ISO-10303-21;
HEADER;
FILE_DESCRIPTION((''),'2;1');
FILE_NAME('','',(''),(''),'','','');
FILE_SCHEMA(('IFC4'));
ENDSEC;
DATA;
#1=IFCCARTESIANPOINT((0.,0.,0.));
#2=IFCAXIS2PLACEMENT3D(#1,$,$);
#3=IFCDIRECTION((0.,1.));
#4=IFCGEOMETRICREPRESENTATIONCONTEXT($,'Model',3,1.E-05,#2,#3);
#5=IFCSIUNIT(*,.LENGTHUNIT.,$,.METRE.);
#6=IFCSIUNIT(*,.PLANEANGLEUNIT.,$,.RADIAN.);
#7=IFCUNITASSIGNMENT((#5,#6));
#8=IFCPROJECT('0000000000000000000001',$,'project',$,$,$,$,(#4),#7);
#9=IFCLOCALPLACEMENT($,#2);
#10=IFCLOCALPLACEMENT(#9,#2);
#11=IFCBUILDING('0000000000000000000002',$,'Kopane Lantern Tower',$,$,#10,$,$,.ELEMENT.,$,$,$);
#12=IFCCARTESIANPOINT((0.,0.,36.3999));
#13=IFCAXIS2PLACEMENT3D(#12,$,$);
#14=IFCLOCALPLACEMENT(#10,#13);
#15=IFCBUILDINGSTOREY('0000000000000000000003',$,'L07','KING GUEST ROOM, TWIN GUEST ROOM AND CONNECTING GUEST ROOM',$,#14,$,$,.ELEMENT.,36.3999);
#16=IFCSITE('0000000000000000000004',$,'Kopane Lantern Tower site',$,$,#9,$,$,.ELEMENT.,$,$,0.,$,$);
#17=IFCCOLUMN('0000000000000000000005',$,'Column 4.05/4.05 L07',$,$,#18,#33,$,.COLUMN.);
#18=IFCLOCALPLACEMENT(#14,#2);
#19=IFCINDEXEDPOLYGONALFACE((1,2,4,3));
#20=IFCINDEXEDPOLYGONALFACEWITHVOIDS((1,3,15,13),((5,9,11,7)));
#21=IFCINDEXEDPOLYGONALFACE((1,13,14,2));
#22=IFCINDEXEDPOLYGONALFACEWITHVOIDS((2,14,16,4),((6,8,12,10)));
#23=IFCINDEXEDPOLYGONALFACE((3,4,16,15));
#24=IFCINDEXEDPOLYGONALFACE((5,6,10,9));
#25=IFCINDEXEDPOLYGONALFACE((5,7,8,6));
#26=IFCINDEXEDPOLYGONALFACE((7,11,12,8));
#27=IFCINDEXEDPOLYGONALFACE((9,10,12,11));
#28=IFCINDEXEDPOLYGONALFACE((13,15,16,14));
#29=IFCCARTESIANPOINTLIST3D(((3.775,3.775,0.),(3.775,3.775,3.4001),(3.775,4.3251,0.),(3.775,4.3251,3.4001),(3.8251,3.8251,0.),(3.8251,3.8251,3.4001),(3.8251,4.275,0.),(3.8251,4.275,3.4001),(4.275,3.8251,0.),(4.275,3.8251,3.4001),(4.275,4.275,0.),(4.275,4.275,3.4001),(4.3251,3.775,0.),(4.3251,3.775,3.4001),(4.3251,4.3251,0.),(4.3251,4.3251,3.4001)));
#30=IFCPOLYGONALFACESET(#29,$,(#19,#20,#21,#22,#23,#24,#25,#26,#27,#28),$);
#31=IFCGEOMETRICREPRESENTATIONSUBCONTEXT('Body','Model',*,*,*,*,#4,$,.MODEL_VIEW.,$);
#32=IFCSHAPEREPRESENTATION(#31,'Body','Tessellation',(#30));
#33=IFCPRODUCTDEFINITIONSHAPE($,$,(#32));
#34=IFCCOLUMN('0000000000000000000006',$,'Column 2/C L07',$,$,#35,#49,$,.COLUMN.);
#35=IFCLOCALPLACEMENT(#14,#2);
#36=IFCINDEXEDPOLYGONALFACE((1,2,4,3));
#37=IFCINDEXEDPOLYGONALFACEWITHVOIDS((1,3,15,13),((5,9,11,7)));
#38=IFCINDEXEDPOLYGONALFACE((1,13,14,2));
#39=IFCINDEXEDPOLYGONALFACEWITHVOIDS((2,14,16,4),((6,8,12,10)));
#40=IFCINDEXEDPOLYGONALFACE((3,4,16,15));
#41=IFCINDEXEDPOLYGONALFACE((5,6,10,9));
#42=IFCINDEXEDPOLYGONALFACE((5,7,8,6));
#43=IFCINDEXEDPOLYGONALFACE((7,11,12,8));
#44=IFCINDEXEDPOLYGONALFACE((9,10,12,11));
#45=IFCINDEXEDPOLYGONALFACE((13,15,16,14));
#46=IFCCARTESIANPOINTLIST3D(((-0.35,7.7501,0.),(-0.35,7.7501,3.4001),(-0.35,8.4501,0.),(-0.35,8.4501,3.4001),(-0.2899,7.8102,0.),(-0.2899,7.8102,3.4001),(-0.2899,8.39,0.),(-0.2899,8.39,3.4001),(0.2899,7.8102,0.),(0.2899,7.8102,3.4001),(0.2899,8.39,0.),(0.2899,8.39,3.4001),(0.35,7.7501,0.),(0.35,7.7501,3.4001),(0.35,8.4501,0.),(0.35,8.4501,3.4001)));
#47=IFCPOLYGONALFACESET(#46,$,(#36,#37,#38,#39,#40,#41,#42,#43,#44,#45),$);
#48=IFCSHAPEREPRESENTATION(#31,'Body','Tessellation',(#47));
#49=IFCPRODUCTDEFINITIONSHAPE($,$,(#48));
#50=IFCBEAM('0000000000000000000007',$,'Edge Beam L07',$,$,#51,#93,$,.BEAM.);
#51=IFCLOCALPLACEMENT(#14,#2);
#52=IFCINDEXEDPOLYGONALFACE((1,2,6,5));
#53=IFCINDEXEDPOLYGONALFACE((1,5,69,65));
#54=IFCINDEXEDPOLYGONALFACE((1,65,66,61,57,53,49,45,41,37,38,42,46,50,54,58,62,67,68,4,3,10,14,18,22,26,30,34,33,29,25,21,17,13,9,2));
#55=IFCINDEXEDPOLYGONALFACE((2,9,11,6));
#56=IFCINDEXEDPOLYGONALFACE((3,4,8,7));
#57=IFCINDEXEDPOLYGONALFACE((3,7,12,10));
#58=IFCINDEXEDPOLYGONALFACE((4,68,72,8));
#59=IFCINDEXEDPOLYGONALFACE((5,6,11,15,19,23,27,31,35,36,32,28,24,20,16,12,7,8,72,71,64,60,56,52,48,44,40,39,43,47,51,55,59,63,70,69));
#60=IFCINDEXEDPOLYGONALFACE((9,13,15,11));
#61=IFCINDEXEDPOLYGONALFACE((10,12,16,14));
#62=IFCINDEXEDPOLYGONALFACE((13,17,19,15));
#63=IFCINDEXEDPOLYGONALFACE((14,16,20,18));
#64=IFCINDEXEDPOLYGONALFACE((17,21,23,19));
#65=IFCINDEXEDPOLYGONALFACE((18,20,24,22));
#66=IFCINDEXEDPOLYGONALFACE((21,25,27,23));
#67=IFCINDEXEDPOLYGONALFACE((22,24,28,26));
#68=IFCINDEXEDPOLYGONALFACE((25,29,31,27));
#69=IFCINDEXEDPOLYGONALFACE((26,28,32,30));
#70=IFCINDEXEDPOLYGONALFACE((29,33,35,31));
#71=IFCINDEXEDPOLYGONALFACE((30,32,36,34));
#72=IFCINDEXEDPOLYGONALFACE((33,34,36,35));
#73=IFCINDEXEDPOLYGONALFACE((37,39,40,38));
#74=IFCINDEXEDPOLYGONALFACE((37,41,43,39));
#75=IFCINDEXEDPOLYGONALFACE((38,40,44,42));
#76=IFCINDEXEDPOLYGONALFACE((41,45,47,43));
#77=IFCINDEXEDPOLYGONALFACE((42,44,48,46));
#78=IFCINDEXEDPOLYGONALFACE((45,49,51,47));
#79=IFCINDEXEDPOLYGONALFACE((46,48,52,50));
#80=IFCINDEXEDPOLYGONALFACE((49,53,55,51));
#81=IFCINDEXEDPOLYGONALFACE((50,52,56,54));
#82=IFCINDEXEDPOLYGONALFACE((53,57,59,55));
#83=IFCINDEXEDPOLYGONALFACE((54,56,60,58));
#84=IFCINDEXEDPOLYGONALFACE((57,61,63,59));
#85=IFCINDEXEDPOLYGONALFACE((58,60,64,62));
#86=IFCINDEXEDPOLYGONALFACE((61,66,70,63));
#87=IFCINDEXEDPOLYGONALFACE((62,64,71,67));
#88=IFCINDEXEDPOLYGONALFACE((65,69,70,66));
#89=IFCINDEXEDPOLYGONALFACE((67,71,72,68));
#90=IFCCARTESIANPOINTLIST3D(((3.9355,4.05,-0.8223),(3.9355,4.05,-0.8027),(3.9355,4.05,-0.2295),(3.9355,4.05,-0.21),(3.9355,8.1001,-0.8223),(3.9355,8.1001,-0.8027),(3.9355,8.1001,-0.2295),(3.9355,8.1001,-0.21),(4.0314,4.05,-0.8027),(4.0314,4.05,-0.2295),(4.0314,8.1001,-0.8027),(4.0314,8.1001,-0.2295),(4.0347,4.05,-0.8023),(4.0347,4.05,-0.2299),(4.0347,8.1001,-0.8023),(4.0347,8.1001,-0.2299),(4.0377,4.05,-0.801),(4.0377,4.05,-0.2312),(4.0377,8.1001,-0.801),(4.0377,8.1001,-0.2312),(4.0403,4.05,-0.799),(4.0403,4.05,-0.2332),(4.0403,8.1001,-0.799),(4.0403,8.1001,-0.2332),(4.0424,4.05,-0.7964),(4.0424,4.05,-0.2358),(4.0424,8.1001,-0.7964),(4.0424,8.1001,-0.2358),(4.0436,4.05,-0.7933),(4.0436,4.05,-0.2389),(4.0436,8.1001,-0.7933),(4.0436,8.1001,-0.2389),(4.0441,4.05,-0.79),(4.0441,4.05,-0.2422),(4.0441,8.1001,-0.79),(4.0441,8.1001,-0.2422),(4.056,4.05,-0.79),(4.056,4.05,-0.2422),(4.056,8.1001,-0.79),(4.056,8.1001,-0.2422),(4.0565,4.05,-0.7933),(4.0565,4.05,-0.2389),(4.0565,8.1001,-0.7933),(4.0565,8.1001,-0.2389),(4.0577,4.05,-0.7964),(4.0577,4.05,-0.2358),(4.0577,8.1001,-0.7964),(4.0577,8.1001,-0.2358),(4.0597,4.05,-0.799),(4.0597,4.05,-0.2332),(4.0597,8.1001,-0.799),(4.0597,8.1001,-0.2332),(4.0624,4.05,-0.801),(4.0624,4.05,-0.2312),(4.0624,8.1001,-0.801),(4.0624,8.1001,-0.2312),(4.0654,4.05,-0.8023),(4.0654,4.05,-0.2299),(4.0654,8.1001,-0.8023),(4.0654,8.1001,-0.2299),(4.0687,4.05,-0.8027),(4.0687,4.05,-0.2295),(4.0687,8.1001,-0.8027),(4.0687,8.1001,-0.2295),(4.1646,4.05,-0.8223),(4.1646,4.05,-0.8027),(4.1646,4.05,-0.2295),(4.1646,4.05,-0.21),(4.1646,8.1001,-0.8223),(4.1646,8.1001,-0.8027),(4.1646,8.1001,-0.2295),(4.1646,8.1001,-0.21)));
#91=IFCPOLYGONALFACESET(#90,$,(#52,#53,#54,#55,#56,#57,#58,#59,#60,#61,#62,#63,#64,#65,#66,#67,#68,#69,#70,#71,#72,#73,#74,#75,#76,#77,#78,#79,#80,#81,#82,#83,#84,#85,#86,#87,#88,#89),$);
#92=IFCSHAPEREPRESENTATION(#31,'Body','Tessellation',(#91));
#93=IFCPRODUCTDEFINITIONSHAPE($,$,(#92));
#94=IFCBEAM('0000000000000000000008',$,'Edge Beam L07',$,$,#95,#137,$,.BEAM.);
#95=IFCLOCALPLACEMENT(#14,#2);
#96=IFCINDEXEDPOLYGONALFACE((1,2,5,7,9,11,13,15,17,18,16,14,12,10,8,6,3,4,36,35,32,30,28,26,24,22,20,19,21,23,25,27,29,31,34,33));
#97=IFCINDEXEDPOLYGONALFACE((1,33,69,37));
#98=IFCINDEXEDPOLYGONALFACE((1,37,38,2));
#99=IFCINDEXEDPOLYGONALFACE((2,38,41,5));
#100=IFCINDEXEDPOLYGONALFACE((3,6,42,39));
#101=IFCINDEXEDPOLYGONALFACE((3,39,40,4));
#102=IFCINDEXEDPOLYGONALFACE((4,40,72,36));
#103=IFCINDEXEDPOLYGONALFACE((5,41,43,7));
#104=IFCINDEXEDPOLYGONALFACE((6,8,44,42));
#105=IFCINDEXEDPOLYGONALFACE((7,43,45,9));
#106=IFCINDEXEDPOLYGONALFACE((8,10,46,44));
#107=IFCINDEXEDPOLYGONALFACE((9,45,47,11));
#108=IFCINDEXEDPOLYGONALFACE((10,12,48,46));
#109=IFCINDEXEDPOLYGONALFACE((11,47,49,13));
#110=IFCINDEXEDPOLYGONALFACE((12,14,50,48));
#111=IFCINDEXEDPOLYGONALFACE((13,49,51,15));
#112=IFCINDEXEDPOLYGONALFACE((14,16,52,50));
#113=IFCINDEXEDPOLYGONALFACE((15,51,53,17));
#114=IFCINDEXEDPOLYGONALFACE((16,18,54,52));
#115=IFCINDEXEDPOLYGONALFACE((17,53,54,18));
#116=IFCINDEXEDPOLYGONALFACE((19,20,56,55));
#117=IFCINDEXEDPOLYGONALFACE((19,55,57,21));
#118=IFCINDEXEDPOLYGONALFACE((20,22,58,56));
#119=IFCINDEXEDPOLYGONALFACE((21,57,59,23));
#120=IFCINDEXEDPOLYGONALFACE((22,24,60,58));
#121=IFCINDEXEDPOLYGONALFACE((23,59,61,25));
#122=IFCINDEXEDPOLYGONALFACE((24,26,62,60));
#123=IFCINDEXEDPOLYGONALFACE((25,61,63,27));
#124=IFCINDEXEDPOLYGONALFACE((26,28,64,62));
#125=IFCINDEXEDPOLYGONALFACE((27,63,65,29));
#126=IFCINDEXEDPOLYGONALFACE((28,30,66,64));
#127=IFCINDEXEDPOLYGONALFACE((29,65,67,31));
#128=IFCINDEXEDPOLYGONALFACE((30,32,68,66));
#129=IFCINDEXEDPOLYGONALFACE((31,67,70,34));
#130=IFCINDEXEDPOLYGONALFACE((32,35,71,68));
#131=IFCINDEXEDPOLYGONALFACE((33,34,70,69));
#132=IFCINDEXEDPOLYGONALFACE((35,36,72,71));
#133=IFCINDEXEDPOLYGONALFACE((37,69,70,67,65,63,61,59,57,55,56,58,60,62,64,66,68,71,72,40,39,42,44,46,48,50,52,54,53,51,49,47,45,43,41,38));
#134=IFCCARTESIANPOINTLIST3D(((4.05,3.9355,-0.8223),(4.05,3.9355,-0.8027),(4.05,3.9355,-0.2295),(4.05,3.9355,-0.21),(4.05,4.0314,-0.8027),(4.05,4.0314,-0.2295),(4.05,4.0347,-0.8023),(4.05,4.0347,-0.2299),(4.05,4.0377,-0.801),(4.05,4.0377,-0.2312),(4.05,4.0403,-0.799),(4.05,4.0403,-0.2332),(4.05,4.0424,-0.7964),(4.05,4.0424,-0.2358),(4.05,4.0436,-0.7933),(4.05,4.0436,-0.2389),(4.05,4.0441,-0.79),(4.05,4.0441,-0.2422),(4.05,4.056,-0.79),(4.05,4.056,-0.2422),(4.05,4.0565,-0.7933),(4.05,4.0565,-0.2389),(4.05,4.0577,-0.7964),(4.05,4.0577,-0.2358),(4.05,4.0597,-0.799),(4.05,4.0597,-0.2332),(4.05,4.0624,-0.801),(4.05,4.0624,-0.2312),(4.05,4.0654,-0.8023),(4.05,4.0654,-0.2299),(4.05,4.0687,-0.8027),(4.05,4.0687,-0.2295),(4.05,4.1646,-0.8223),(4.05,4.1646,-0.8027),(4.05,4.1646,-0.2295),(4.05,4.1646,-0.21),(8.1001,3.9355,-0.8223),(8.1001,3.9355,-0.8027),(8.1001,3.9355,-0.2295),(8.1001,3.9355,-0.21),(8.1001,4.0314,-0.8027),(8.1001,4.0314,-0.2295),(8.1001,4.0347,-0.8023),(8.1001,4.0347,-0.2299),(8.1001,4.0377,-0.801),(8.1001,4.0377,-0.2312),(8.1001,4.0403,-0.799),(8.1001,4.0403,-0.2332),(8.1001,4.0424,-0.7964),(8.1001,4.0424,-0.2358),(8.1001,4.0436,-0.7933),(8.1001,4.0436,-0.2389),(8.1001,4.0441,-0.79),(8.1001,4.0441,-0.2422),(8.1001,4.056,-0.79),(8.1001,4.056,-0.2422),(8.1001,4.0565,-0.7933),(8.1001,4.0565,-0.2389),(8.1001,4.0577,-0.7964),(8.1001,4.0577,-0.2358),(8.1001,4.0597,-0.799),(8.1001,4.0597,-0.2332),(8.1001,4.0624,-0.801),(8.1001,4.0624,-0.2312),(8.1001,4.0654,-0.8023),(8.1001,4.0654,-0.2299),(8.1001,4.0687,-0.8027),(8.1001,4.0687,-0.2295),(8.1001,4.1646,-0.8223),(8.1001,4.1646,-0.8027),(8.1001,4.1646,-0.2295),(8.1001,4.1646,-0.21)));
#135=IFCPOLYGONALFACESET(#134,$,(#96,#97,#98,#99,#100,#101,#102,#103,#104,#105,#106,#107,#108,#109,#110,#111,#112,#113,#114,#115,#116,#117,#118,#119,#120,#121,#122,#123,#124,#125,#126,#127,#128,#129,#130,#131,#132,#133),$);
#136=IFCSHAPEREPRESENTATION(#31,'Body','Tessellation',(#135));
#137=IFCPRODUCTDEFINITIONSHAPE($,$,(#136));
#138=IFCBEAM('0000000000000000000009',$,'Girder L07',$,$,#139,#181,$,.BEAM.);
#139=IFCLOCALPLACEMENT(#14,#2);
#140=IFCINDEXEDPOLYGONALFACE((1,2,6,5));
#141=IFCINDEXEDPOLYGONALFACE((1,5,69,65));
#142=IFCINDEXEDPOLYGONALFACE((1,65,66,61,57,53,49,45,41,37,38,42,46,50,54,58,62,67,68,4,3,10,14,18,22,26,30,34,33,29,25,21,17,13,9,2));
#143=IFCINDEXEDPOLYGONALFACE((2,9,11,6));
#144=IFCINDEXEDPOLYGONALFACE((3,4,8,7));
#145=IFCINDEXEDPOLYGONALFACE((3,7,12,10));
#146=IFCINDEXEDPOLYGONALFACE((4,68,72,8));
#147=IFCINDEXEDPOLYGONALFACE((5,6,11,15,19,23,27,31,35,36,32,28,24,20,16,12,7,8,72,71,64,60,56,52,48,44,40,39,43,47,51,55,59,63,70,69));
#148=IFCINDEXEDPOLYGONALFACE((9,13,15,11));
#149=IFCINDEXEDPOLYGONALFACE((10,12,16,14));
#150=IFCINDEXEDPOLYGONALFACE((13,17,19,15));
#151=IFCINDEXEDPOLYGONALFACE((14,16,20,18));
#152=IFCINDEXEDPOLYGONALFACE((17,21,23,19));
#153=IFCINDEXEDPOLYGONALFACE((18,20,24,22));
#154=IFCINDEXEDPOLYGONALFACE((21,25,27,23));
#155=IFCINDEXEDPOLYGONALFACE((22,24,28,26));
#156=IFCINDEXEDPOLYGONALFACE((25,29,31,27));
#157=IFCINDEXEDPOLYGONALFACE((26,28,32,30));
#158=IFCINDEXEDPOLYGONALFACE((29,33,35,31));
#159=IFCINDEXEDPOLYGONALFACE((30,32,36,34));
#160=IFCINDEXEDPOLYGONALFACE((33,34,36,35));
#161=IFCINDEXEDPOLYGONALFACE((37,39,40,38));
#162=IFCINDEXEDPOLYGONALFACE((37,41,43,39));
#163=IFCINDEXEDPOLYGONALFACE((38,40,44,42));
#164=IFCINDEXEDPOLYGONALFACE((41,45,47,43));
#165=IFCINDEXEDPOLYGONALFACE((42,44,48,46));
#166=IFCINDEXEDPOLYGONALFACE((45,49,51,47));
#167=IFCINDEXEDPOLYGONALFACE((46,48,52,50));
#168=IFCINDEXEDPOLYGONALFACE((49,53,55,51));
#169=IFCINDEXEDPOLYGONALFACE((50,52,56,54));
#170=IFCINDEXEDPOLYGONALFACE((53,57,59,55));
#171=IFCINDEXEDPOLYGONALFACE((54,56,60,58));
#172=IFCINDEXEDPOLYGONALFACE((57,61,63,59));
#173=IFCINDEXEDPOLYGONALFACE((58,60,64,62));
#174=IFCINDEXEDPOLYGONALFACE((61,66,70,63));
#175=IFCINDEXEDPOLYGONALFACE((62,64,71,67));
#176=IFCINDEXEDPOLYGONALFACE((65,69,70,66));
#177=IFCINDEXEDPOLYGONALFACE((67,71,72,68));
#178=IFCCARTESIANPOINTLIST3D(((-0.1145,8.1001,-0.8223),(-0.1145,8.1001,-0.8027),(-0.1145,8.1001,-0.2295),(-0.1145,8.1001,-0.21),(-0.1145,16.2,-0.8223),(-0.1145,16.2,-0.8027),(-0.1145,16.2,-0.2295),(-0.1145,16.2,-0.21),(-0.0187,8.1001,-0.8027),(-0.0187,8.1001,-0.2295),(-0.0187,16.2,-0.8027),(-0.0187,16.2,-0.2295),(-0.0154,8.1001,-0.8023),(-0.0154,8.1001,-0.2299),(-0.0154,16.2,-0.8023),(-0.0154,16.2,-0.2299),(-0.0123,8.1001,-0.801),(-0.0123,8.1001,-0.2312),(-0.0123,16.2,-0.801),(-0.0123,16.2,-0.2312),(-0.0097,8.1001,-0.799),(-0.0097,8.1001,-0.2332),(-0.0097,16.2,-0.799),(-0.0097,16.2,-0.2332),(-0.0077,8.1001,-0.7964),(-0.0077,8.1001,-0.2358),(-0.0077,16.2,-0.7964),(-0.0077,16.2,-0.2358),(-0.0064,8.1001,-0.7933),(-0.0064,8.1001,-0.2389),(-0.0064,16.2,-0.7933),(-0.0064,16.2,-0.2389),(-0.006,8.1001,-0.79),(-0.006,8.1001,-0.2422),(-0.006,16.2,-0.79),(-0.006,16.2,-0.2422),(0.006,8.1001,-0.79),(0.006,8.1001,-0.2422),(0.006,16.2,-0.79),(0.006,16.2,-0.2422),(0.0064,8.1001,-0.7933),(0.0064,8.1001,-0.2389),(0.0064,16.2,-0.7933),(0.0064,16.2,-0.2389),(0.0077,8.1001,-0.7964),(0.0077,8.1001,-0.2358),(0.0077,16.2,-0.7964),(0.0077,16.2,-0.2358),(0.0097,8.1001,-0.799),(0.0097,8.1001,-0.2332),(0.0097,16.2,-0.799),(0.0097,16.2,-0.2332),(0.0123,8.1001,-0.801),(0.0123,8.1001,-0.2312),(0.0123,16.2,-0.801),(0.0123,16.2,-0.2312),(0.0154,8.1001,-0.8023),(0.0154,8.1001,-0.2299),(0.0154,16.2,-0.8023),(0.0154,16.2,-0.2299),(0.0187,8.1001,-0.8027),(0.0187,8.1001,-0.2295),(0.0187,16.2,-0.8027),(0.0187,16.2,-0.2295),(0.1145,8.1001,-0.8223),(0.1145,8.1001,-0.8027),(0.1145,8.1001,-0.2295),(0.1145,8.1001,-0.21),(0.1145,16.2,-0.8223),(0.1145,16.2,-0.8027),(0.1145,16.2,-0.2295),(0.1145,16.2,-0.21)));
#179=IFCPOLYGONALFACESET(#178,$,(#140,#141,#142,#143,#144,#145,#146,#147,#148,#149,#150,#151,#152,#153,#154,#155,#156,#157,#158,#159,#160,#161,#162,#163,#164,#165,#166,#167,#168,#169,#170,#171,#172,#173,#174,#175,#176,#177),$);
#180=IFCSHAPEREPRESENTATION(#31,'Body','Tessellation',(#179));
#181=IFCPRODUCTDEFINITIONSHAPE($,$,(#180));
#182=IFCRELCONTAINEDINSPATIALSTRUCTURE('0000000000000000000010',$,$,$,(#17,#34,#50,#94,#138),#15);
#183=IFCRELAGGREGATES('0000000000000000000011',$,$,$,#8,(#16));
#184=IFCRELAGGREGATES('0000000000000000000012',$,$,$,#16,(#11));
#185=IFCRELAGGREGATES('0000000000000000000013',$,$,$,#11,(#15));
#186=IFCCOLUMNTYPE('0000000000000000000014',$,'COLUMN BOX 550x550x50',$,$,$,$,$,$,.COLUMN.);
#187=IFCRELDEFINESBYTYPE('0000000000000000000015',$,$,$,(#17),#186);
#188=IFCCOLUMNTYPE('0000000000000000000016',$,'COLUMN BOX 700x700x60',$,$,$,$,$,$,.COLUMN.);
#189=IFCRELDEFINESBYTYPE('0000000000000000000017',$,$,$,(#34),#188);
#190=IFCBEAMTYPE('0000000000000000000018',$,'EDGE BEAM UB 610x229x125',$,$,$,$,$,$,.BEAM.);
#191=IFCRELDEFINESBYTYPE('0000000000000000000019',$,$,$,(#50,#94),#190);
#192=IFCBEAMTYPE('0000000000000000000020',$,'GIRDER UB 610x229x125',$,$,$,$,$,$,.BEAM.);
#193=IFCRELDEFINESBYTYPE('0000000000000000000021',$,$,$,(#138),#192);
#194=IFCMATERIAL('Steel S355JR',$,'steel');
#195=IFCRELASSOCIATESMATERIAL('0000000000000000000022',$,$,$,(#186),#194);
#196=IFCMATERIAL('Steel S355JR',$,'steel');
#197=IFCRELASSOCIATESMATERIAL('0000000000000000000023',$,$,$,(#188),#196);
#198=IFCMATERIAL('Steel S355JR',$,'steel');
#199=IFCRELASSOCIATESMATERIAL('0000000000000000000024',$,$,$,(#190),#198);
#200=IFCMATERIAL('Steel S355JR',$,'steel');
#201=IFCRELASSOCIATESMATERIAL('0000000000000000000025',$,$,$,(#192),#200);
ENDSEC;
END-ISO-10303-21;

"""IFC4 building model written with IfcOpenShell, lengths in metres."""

from ifc_helpers import new_model, si_unit, direction, frame, origin, origin_2d, place, context, subcontext, project, spatial, hollow_rectangle, i_section, extrude, material, material_profile, profile_set, type_object, element, save


model = new_model("IFC4")

# Units and contexts
model_context = context("Model", 3, precision=1e-05, world=origin(), true_north=direction((0.0, 1.0)))
body_context = subcontext(model_context, "Body", "Model", "MODEL_VIEW")
ifc_project = project(units=[si_unit("LENGTHUNIT", "METRE"), si_unit("PLANEANGLEUNIT", "RADIAN")], contexts=[model_context])

# Site, building, storey
site_placement = place(None, origin())
site = spatial("IfcSite", under=ifc_project, at=site_placement, Name="Kopane Lantern Tower site", CompositionType="ELEMENT", RefElevation=0.0)
building_placement = place(site_placement, origin())
building = spatial("IfcBuilding", under=site, at=building_placement, Name="Kopane Lantern Tower", CompositionType="ELEMENT")
storey_placement = place(building_placement, frame((0.0, 0.0, 36.3999)))
storey = spatial("IfcBuildingStorey", under=building, at=storey_placement, Name="L07", Description="KING GUEST ROOM, TWIN GUEST ROOM AND CONNECTING GUEST ROOM", CompositionType="ELEMENT", Elevation=36.3999)

# Columns
ifc_material_1 = material(Name="Steel S355JR", Category="steel")
ifc_material_profile_1 = material_profile(ifc_material_1, hollow_rectangle(XDim=0.55, YDim=0.55, WallThickness=0.05, at=origin_2d()), Name="BOX 550x550x50")
ifc_profile_set_1 = profile_set([ifc_material_profile_1], Name="Steel S355JR")
column_type_1 = type_object("IfcColumnType", Name="COLUMN BOX 550x550x50", PredefinedType="COLUMN", material=ifc_profile_set_1)
column_1_placement = place(storey_placement, frame((4.05, 4.05, 0.0), z_axis=(0.0, 0.0, 1.0), x_axis=(1.0, 0.0, 0.0)))
element("IfcColumn", 1, at=column_1_placement, inside=storey, type_object=column_type_1, Name="Column 4.05/4.05 L07", PredefinedType="COLUMN", context=body_context, shape_type="SweptSolid", body=[
    extrude(hollow_rectangle(XDim=0.55, YDim=0.55, WallThickness=0.05, at=origin_2d()), origin(), (0.0, 0.0, 1.0), 3.4001),
])
ifc_material_2 = material(Name="Steel S355JR", Category="steel")
ifc_material_profile_2 = material_profile(ifc_material_2, hollow_rectangle(XDim=0.7, YDim=0.7, WallThickness=0.0601, at=origin_2d()), Name="BOX 700x700x60")
ifc_profile_set_2 = profile_set([ifc_material_profile_2], Name="Steel S355JR")
column_type_2 = type_object("IfcColumnType", Name="COLUMN BOX 700x700x60", PredefinedType="COLUMN", material=ifc_profile_set_2)
column_2_placement = place(storey_placement, frame((0.0, 8.1001, 0.0), z_axis=(0.0, 0.0, 1.0), x_axis=(1.0, 0.0, 0.0)))
element("IfcColumn", 2, at=column_2_placement, inside=storey, type_object=column_type_2, Name="Column 2/C L07", PredefinedType="COLUMN", context=body_context, shape_type="SweptSolid", body=[
    extrude(hollow_rectangle(XDim=0.7, YDim=0.7, WallThickness=0.0601, at=origin_2d()), origin(), (0.0, 0.0, 1.0), 3.4001),
])

# Beams
ifc_material_3 = material(Name="Steel S355JR", Category="steel")
ifc_material_profile_3 = material_profile(ifc_material_3, i_section(OverallWidth=0.229, OverallDepth=0.6123, WebThickness=0.012, FlangeThickness=0.0195, FilletRadius=0.0127, at=origin_2d()), Name="UB 610x229x125")
ifc_profile_set_3 = profile_set([ifc_material_profile_3], Name="Steel S355JR")
beam_type_1 = type_object("IfcBeamType", Name="EDGE BEAM UB 610x229x125", PredefinedType="BEAM", material=ifc_profile_set_3)
for number, where, z_axis, x_axis, name in (
    (3, (4.05, 4.05, -0.5161), (0.0, 1.0, 0.0), (-1.0, 0.0, 0.0), "Edge Beam L07"),
    (4, (4.05, 4.05, -0.5161), (1.0, 0.0, 0.0), (0.0, 1.0, 0.0), "Edge Beam L07"),
):
    element("IfcBeam", number, at=place(storey_placement, frame(where, z_axis=z_axis, x_axis=x_axis)), inside=storey, type_object=beam_type_1, Name=name, PredefinedType="BEAM", context=body_context, shape_type="SweptSolid", body=[
        extrude(i_section(OverallWidth=0.229, OverallDepth=0.6123, WebThickness=0.012, FlangeThickness=0.0195, FilletRadius=0.0127, at=origin_2d()), origin(), (0.0, 0.0, 1.0), 4.05),
    ])
ifc_material_4 = material(Name="Steel S355JR", Category="steel")
ifc_material_profile_4 = material_profile(ifc_material_4, i_section(OverallWidth=0.229, OverallDepth=0.6123, WebThickness=0.012, FlangeThickness=0.0195, FilletRadius=0.0127, at=origin_2d()), Name="UB 610x229x125")
ifc_profile_set_4 = profile_set([ifc_material_profile_4], Name="Steel S355JR")
beam_type_2 = type_object("IfcBeamType", Name="GIRDER UB 610x229x125", PredefinedType="BEAM", material=ifc_profile_set_4)
beam_1_placement = place(storey_placement, frame((0.0, 8.1001, -0.5161), z_axis=(0.0, 1.0, 0.0), x_axis=(-1.0, 0.0, 0.0)))
element("IfcBeam", 5, at=beam_1_placement, inside=storey, type_object=beam_type_2, Name="Girder L07", PredefinedType="BEAM", context=body_context, shape_type="SweptSolid", body=[
    extrude(i_section(OverallWidth=0.229, OverallDepth=0.6123, WebThickness=0.012, FlangeThickness=0.0195, FilletRadius=0.0127, at=origin_2d()), origin(), (0.0, 0.0, 1.0), 8.0999),
])

save(model, "model.ifc")
